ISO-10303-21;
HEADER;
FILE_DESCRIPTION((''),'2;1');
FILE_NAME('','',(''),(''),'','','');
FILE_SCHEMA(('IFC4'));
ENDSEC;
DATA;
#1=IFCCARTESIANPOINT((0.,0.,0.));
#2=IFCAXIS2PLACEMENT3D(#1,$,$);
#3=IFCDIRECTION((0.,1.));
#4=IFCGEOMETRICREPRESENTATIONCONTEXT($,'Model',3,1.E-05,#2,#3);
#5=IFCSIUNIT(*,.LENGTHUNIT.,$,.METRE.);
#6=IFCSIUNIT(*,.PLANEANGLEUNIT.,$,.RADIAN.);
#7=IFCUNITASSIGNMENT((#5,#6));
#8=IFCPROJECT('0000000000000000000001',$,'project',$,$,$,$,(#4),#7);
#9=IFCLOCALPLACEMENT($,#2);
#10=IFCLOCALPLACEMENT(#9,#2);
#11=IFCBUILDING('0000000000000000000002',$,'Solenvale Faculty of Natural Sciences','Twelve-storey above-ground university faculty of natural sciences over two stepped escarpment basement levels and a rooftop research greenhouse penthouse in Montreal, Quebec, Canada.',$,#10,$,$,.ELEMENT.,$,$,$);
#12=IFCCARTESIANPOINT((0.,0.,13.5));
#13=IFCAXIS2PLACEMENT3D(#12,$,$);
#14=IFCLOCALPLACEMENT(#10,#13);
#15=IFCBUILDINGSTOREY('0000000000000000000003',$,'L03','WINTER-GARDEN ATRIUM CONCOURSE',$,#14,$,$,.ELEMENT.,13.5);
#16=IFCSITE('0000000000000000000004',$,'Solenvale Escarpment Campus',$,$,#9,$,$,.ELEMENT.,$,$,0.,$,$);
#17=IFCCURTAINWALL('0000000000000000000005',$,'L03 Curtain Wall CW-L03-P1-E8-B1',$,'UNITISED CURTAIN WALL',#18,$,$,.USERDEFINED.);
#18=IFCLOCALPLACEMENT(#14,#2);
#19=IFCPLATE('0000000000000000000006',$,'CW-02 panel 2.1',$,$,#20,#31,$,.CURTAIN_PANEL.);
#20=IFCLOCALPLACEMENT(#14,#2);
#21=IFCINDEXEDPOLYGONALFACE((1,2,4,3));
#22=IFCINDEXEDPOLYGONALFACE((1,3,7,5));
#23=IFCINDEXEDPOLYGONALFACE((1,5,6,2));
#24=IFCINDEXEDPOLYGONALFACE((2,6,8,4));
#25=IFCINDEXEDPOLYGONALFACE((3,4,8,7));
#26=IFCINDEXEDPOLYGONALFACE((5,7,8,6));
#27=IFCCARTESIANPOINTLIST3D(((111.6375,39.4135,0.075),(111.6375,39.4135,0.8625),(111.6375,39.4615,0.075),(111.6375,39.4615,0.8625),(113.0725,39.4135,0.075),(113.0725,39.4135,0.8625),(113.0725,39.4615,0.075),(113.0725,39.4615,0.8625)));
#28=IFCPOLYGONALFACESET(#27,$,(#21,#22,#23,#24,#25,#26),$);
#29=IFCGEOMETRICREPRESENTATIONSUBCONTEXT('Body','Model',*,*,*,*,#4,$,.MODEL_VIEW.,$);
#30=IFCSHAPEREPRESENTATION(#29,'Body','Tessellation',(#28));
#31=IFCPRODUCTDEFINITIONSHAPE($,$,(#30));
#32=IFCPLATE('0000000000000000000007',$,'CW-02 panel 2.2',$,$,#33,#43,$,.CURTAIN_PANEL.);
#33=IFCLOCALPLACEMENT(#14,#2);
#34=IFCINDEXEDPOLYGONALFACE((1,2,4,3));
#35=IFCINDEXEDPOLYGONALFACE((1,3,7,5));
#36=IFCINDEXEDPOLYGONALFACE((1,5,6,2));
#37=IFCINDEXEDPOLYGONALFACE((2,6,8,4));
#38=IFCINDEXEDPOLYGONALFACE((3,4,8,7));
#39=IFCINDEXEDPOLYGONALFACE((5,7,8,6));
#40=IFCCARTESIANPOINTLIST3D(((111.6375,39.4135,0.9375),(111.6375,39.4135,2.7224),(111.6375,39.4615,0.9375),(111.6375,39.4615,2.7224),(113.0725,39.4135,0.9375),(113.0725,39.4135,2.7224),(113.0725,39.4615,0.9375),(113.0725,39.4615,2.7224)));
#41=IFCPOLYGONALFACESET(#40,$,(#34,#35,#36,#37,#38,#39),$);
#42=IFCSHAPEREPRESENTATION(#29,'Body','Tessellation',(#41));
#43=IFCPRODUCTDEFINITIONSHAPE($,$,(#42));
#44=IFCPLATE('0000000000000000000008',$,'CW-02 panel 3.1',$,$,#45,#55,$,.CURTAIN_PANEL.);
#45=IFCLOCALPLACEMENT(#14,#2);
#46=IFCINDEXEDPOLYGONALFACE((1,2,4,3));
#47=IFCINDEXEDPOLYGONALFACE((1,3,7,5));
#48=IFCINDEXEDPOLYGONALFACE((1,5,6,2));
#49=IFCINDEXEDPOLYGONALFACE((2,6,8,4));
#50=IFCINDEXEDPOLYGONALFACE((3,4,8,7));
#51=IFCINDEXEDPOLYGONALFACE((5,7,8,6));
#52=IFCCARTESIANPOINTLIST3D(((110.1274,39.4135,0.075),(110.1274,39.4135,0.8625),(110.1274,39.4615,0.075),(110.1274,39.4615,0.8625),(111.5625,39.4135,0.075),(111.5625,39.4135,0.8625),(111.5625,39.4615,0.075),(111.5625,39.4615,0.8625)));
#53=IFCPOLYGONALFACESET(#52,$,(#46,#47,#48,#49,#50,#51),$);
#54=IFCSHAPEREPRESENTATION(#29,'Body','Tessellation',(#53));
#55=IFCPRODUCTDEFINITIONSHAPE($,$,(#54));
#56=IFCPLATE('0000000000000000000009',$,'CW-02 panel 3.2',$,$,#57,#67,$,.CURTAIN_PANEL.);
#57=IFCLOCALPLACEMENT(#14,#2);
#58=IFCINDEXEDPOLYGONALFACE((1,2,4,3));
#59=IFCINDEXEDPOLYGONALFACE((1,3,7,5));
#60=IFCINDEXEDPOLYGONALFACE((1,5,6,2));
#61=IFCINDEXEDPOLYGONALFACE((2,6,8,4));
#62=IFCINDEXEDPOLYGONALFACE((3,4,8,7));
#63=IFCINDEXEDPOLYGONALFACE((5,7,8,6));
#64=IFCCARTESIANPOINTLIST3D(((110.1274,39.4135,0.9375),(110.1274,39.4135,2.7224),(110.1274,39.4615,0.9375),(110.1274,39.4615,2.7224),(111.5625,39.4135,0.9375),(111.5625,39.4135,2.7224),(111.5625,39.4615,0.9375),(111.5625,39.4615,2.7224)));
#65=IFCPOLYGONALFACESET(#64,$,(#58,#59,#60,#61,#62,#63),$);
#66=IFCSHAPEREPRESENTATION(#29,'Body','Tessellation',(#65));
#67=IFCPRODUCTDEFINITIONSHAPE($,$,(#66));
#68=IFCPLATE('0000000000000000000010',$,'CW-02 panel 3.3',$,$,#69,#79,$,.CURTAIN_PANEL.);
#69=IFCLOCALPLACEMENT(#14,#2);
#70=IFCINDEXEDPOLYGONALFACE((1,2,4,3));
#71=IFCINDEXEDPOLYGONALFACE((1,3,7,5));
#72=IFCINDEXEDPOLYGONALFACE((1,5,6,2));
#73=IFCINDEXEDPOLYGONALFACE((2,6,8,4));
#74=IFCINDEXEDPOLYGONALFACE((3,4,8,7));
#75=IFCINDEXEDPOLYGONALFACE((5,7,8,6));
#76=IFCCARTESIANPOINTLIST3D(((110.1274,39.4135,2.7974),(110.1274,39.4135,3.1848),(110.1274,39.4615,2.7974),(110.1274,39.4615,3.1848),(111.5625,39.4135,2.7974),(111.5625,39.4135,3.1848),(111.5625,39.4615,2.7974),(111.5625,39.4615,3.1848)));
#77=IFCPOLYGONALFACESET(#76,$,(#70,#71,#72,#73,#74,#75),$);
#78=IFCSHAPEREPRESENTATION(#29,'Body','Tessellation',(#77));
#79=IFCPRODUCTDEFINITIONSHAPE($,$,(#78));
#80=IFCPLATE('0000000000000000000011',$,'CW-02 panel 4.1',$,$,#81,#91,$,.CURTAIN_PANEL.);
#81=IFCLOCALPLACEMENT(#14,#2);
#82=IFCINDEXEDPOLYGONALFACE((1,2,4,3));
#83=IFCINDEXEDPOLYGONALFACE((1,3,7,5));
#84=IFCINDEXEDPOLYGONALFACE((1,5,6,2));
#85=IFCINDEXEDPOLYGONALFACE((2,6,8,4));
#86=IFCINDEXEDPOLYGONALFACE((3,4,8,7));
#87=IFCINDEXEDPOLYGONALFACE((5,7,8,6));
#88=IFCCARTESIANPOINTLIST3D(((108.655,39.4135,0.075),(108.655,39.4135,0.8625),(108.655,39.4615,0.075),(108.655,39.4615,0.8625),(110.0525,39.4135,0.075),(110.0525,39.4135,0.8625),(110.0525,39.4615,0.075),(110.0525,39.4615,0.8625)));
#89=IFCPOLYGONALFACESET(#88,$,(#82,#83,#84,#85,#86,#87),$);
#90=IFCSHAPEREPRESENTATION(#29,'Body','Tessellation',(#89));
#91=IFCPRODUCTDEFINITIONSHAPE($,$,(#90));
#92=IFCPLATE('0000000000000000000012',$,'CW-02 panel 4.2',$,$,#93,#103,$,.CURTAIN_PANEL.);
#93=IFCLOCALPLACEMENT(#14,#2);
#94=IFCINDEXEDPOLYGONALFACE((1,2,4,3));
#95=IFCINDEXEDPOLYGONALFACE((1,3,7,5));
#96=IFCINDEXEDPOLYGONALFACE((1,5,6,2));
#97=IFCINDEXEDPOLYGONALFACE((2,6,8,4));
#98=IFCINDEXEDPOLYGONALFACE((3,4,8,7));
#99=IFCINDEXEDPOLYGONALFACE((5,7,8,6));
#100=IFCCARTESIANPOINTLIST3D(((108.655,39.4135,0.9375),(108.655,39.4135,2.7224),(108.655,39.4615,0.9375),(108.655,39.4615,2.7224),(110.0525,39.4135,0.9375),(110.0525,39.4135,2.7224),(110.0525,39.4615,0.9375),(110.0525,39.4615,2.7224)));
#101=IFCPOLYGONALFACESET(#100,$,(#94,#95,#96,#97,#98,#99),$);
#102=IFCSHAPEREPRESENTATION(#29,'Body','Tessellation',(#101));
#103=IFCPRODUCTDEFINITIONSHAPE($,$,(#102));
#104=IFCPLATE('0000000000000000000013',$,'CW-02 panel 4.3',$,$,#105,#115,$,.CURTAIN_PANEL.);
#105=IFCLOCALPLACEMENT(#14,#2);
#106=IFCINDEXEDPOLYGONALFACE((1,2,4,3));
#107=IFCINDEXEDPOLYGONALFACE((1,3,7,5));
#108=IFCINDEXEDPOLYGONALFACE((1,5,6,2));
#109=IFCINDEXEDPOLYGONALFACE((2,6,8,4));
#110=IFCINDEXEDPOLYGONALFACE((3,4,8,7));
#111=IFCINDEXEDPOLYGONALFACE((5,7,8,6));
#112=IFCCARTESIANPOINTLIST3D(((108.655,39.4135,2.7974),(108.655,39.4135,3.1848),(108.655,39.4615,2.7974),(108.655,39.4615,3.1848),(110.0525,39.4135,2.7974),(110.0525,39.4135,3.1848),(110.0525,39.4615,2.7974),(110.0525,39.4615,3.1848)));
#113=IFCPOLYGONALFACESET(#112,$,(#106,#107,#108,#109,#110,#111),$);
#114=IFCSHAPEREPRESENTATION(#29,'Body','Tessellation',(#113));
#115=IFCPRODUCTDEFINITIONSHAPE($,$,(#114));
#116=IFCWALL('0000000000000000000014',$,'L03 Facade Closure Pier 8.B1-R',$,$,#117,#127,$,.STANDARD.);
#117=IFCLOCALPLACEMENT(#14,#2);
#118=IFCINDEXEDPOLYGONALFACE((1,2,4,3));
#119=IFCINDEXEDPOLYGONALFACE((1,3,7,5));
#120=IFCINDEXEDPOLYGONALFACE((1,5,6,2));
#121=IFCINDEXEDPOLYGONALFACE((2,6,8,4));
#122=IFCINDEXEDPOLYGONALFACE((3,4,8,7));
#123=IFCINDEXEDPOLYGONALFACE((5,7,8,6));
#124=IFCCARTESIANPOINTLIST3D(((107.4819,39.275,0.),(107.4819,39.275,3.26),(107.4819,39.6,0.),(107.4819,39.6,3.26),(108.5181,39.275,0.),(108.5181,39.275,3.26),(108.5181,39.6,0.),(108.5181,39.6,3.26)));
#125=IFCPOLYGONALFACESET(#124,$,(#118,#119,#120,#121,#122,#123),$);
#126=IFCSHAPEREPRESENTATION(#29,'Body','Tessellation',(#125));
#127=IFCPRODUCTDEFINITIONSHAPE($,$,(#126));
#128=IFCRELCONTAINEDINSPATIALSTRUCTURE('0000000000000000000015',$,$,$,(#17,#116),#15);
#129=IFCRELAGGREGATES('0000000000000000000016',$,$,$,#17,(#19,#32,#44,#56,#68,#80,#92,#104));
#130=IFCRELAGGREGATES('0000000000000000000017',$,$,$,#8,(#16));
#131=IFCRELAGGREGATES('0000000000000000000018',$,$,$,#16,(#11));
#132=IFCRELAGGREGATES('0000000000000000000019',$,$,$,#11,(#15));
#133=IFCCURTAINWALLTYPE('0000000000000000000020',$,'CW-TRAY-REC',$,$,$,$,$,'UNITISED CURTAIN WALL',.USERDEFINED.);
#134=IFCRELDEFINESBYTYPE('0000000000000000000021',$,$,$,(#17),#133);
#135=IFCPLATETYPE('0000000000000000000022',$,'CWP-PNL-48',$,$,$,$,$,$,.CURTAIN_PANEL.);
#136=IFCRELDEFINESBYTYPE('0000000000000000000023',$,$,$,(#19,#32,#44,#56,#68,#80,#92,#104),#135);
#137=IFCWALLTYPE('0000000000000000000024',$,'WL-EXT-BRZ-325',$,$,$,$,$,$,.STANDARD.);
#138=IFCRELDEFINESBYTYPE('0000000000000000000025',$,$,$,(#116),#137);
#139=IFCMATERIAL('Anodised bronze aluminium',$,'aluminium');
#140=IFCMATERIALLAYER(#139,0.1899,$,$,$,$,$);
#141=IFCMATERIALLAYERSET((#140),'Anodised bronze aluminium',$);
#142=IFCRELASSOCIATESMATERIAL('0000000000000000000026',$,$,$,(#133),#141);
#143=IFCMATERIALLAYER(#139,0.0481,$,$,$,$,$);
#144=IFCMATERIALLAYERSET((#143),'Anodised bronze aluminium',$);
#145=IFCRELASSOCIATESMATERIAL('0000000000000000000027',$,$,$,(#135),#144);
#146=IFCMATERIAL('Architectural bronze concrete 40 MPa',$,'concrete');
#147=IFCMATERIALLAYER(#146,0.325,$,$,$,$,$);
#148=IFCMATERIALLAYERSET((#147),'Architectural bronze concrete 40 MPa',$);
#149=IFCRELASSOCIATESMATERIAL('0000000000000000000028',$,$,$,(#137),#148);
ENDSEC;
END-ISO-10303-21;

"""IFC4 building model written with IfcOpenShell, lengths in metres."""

from ifc_helpers import new_model, si_unit, direction, frame, frame_2d, origin, origin_2d, place, context, subcontext, project, spatial, rectangle, extrude, material, layer, layer_set, type_object, element, aggregate, save


model = new_model("IFC4")

# Units and contexts
model_context = context("Model", 3, precision=1e-05, world=origin(), true_north=direction((0.0, 1.0)))
body_context = subcontext(model_context, "Body", "Model", "MODEL_VIEW")
ifc_project = project(units=[si_unit("LENGTHUNIT", "METRE"), si_unit("PLANEANGLEUNIT", "RADIAN")], contexts=[model_context])

# Site, building, storey
site_placement = place(None, origin())
site = spatial("IfcSite", under=ifc_project, at=site_placement, Name="Solenvale Escarpment Campus", CompositionType="ELEMENT", RefElevation=0.0)
building_placement = place(site_placement, origin())
building = spatial("IfcBuilding", under=site, at=building_placement, Name="Solenvale Faculty of Natural Sciences", Description="Twelve-storey above-ground university faculty of natural sciences over two stepped escarpment basement levels and a rooftop research greenhouse penthouse in Montreal, Quebec, Canada.", CompositionType="ELEMENT")
storey_placement = place(building_placement, frame((0.0, 0.0, 13.5)))
storey = spatial("IfcBuildingStorey", under=building, at=storey_placement, Name="L03", Description="WINTER-GARDEN ATRIUM CONCOURSE", CompositionType="ELEMENT", Elevation=13.5)

# Curtain wall
ifc_material_1 = material(Name="Anodised bronze aluminium", Category="aluminium")
ifc_layer_1 = layer(ifc_material_1, 0.1899)
ifc_layer_set_1 = layer_set([ifc_layer_1], Name="Anodised bronze aluminium")
curtain_wall_type = type_object("IfcCurtainWallType", Name="CW-TRAY-REC", ElementType="UNITISED CURTAIN WALL", PredefinedType="USERDEFINED", material=ifc_layer_set_1)
curtain_wall_1_placement = place(storey_placement, origin())
curtain_wall_1 = element("IfcCurtainWall", 1, at=curtain_wall_1_placement, inside=storey, type_object=curtain_wall_type, Name="L03 Curtain Wall CW-L03-P1-E8-B1", ObjectType="UNITISED CURTAIN WALL", PredefinedType="USERDEFINED")

# Plates
ifc_layer_2 = layer(ifc_material_1, 0.0481)
ifc_layer_set_2 = layer_set([ifc_layer_2], Name="Anodised bronze aluminium")
plate_type = type_object("IfcPlateType", Name="CWP-PNL-48", PredefinedType="CURTAIN_PANEL", material=ifc_layer_set_2)
plate_1_placement = place(storey_placement, frame((112.355, 39.4375, 0.075), z_axis=(0.0, 0.0, 1.0), x_axis=(-1.0, 0.0, 0.0)))
plate_1 = element("IfcPlate", 2, at=plate_1_placement, type_object=plate_type, Name="CW-02 panel 2.1", PredefinedType="CURTAIN_PANEL", context=body_context, shape_type="SweptSolid", body=[
    extrude(rectangle(XDim=1.4351, YDim=0.0481, at=origin_2d()), origin(), (0.0, 0.0, 1.0), 0.7876),
])
plate_2_placement = place(storey_placement, frame((112.355, 39.4375, 0.9375), z_axis=(0.0, 0.0, 1.0), x_axis=(-1.0, 0.0, 0.0)))
plate_2 = element("IfcPlate", 3, at=plate_2_placement, type_object=plate_type, Name="CW-02 panel 2.2", PredefinedType="CURTAIN_PANEL", context=body_context, shape_type="SweptSolid", body=[
    extrude(rectangle(XDim=1.4351, YDim=0.0481, at=origin_2d()), origin(), (0.0, 0.0, 1.0), 1.7849),
])
plate_3_placement = place(storey_placement, frame((110.845, 39.4375, 0.075), z_axis=(0.0, 0.0, 1.0), x_axis=(-1.0, 0.0, 0.0)))
plate_3 = element("IfcPlate", 4, at=plate_3_placement, type_object=plate_type, Name="CW-02 panel 3.1", PredefinedType="CURTAIN_PANEL", context=body_context, shape_type="SweptSolid", body=[
    extrude(rectangle(XDim=1.4351, YDim=0.0481, at=origin_2d()), origin(), (0.0, 0.0, 1.0), 0.7876),
])
plate_4_placement = place(storey_placement, frame((110.845, 39.4375, 0.9375), z_axis=(0.0, 0.0, 1.0), x_axis=(-1.0, 0.0, 0.0)))
plate_4 = element("IfcPlate", 5, at=plate_4_placement, type_object=plate_type, Name="CW-02 panel 3.2", PredefinedType="CURTAIN_PANEL", context=body_context, shape_type="SweptSolid", body=[
    extrude(rectangle(XDim=1.4351, YDim=0.0481, at=origin_2d()), origin(), (0.0, 0.0, 1.0), 1.7849),
])
plate_5_placement = place(storey_placement, frame((110.845, 39.4375, 2.7974), z_axis=(0.0, 0.0, 1.0), x_axis=(-1.0, 0.0, 0.0)))
plate_5 = element("IfcPlate", 6, at=plate_5_placement, type_object=plate_type, Name="CW-02 panel 3.3", PredefinedType="CURTAIN_PANEL", context=body_context, shape_type="SweptSolid", body=[
    extrude(rectangle(XDim=1.4351, YDim=0.0481, at=origin_2d()), origin(), (0.0, 0.0, 1.0), 0.3875),
])
plate_6_placement = place(storey_placement, frame((109.3538, 39.4375, 0.075), z_axis=(0.0, 0.0, 1.0), x_axis=(-1.0, 0.0, 0.0)))
plate_6 = element("IfcPlate", 7, at=plate_6_placement, type_object=plate_type, Name="CW-02 panel 4.1", PredefinedType="CURTAIN_PANEL", context=body_context, shape_type="SweptSolid", body=[
    extrude(rectangle(XDim=1.3975, YDim=0.0481, at=origin_2d()), origin(), (0.0, 0.0, 1.0), 0.7876),
])
plate_7_placement = place(storey_placement, frame((109.3538, 39.4375, 0.9375), z_axis=(0.0, 0.0, 1.0), x_axis=(-1.0, 0.0, 0.0)))
plate_7 = element("IfcPlate", 8, at=plate_7_placement, type_object=plate_type, Name="CW-02 panel 4.2", PredefinedType="CURTAIN_PANEL", context=body_context, shape_type="SweptSolid", body=[
    extrude(rectangle(XDim=1.3975, YDim=0.0481, at=origin_2d()), origin(), (0.0, 0.0, 1.0), 1.7849),
])
plate_8_placement = place(storey_placement, frame((109.3538, 39.4375, 2.7974), z_axis=(0.0, 0.0, 1.0), x_axis=(-1.0, 0.0, 0.0)))
plate_8 = element("IfcPlate", 9, at=plate_8_placement, type_object=plate_type, Name="CW-02 panel 4.3", PredefinedType="CURTAIN_PANEL", context=body_context, shape_type="SweptSolid", body=[
    extrude(rectangle(XDim=1.3975, YDim=0.0481, at=origin_2d()), origin(), (0.0, 0.0, 1.0), 0.3875),
])
aggregate(curtain_wall_1, [plate_1, plate_2, plate_3, plate_4, plate_5, plate_6, plate_7, plate_8])

# Wall
ifc_material_2 = material(Name="Architectural bronze concrete 40 MPa", Category="concrete")
ifc_layer_3 = layer(ifc_material_2, 0.325)
ifc_layer_set_3 = layer_set([ifc_layer_3], Name="Architectural bronze concrete 40 MPa")
wall_type = type_object("IfcWallType", Name="WL-EXT-BRZ-325", PredefinedType="STANDARD", material=ifc_layer_set_3)
wall_placement = place(storey_placement, frame((108.5181, 39.4375, 0.0), z_axis=(0.0, 0.0, 1.0), x_axis=(-1.0, 0.0, 0.0)))
element("IfcWall", 10, at=wall_placement, inside=storey, type_object=wall_type, Name="L03 Facade Closure Pier 8.B1-R", PredefinedType="STANDARD", context=body_context, shape_type="SweptSolid", body=[
    extrude(rectangle(XDim=1.0361, YDim=0.325, at=frame_2d((0.5181, 0.0))), origin(), (0.0, 0.0, 1.0), 3.26),
])

save(model, "model.ifc")
